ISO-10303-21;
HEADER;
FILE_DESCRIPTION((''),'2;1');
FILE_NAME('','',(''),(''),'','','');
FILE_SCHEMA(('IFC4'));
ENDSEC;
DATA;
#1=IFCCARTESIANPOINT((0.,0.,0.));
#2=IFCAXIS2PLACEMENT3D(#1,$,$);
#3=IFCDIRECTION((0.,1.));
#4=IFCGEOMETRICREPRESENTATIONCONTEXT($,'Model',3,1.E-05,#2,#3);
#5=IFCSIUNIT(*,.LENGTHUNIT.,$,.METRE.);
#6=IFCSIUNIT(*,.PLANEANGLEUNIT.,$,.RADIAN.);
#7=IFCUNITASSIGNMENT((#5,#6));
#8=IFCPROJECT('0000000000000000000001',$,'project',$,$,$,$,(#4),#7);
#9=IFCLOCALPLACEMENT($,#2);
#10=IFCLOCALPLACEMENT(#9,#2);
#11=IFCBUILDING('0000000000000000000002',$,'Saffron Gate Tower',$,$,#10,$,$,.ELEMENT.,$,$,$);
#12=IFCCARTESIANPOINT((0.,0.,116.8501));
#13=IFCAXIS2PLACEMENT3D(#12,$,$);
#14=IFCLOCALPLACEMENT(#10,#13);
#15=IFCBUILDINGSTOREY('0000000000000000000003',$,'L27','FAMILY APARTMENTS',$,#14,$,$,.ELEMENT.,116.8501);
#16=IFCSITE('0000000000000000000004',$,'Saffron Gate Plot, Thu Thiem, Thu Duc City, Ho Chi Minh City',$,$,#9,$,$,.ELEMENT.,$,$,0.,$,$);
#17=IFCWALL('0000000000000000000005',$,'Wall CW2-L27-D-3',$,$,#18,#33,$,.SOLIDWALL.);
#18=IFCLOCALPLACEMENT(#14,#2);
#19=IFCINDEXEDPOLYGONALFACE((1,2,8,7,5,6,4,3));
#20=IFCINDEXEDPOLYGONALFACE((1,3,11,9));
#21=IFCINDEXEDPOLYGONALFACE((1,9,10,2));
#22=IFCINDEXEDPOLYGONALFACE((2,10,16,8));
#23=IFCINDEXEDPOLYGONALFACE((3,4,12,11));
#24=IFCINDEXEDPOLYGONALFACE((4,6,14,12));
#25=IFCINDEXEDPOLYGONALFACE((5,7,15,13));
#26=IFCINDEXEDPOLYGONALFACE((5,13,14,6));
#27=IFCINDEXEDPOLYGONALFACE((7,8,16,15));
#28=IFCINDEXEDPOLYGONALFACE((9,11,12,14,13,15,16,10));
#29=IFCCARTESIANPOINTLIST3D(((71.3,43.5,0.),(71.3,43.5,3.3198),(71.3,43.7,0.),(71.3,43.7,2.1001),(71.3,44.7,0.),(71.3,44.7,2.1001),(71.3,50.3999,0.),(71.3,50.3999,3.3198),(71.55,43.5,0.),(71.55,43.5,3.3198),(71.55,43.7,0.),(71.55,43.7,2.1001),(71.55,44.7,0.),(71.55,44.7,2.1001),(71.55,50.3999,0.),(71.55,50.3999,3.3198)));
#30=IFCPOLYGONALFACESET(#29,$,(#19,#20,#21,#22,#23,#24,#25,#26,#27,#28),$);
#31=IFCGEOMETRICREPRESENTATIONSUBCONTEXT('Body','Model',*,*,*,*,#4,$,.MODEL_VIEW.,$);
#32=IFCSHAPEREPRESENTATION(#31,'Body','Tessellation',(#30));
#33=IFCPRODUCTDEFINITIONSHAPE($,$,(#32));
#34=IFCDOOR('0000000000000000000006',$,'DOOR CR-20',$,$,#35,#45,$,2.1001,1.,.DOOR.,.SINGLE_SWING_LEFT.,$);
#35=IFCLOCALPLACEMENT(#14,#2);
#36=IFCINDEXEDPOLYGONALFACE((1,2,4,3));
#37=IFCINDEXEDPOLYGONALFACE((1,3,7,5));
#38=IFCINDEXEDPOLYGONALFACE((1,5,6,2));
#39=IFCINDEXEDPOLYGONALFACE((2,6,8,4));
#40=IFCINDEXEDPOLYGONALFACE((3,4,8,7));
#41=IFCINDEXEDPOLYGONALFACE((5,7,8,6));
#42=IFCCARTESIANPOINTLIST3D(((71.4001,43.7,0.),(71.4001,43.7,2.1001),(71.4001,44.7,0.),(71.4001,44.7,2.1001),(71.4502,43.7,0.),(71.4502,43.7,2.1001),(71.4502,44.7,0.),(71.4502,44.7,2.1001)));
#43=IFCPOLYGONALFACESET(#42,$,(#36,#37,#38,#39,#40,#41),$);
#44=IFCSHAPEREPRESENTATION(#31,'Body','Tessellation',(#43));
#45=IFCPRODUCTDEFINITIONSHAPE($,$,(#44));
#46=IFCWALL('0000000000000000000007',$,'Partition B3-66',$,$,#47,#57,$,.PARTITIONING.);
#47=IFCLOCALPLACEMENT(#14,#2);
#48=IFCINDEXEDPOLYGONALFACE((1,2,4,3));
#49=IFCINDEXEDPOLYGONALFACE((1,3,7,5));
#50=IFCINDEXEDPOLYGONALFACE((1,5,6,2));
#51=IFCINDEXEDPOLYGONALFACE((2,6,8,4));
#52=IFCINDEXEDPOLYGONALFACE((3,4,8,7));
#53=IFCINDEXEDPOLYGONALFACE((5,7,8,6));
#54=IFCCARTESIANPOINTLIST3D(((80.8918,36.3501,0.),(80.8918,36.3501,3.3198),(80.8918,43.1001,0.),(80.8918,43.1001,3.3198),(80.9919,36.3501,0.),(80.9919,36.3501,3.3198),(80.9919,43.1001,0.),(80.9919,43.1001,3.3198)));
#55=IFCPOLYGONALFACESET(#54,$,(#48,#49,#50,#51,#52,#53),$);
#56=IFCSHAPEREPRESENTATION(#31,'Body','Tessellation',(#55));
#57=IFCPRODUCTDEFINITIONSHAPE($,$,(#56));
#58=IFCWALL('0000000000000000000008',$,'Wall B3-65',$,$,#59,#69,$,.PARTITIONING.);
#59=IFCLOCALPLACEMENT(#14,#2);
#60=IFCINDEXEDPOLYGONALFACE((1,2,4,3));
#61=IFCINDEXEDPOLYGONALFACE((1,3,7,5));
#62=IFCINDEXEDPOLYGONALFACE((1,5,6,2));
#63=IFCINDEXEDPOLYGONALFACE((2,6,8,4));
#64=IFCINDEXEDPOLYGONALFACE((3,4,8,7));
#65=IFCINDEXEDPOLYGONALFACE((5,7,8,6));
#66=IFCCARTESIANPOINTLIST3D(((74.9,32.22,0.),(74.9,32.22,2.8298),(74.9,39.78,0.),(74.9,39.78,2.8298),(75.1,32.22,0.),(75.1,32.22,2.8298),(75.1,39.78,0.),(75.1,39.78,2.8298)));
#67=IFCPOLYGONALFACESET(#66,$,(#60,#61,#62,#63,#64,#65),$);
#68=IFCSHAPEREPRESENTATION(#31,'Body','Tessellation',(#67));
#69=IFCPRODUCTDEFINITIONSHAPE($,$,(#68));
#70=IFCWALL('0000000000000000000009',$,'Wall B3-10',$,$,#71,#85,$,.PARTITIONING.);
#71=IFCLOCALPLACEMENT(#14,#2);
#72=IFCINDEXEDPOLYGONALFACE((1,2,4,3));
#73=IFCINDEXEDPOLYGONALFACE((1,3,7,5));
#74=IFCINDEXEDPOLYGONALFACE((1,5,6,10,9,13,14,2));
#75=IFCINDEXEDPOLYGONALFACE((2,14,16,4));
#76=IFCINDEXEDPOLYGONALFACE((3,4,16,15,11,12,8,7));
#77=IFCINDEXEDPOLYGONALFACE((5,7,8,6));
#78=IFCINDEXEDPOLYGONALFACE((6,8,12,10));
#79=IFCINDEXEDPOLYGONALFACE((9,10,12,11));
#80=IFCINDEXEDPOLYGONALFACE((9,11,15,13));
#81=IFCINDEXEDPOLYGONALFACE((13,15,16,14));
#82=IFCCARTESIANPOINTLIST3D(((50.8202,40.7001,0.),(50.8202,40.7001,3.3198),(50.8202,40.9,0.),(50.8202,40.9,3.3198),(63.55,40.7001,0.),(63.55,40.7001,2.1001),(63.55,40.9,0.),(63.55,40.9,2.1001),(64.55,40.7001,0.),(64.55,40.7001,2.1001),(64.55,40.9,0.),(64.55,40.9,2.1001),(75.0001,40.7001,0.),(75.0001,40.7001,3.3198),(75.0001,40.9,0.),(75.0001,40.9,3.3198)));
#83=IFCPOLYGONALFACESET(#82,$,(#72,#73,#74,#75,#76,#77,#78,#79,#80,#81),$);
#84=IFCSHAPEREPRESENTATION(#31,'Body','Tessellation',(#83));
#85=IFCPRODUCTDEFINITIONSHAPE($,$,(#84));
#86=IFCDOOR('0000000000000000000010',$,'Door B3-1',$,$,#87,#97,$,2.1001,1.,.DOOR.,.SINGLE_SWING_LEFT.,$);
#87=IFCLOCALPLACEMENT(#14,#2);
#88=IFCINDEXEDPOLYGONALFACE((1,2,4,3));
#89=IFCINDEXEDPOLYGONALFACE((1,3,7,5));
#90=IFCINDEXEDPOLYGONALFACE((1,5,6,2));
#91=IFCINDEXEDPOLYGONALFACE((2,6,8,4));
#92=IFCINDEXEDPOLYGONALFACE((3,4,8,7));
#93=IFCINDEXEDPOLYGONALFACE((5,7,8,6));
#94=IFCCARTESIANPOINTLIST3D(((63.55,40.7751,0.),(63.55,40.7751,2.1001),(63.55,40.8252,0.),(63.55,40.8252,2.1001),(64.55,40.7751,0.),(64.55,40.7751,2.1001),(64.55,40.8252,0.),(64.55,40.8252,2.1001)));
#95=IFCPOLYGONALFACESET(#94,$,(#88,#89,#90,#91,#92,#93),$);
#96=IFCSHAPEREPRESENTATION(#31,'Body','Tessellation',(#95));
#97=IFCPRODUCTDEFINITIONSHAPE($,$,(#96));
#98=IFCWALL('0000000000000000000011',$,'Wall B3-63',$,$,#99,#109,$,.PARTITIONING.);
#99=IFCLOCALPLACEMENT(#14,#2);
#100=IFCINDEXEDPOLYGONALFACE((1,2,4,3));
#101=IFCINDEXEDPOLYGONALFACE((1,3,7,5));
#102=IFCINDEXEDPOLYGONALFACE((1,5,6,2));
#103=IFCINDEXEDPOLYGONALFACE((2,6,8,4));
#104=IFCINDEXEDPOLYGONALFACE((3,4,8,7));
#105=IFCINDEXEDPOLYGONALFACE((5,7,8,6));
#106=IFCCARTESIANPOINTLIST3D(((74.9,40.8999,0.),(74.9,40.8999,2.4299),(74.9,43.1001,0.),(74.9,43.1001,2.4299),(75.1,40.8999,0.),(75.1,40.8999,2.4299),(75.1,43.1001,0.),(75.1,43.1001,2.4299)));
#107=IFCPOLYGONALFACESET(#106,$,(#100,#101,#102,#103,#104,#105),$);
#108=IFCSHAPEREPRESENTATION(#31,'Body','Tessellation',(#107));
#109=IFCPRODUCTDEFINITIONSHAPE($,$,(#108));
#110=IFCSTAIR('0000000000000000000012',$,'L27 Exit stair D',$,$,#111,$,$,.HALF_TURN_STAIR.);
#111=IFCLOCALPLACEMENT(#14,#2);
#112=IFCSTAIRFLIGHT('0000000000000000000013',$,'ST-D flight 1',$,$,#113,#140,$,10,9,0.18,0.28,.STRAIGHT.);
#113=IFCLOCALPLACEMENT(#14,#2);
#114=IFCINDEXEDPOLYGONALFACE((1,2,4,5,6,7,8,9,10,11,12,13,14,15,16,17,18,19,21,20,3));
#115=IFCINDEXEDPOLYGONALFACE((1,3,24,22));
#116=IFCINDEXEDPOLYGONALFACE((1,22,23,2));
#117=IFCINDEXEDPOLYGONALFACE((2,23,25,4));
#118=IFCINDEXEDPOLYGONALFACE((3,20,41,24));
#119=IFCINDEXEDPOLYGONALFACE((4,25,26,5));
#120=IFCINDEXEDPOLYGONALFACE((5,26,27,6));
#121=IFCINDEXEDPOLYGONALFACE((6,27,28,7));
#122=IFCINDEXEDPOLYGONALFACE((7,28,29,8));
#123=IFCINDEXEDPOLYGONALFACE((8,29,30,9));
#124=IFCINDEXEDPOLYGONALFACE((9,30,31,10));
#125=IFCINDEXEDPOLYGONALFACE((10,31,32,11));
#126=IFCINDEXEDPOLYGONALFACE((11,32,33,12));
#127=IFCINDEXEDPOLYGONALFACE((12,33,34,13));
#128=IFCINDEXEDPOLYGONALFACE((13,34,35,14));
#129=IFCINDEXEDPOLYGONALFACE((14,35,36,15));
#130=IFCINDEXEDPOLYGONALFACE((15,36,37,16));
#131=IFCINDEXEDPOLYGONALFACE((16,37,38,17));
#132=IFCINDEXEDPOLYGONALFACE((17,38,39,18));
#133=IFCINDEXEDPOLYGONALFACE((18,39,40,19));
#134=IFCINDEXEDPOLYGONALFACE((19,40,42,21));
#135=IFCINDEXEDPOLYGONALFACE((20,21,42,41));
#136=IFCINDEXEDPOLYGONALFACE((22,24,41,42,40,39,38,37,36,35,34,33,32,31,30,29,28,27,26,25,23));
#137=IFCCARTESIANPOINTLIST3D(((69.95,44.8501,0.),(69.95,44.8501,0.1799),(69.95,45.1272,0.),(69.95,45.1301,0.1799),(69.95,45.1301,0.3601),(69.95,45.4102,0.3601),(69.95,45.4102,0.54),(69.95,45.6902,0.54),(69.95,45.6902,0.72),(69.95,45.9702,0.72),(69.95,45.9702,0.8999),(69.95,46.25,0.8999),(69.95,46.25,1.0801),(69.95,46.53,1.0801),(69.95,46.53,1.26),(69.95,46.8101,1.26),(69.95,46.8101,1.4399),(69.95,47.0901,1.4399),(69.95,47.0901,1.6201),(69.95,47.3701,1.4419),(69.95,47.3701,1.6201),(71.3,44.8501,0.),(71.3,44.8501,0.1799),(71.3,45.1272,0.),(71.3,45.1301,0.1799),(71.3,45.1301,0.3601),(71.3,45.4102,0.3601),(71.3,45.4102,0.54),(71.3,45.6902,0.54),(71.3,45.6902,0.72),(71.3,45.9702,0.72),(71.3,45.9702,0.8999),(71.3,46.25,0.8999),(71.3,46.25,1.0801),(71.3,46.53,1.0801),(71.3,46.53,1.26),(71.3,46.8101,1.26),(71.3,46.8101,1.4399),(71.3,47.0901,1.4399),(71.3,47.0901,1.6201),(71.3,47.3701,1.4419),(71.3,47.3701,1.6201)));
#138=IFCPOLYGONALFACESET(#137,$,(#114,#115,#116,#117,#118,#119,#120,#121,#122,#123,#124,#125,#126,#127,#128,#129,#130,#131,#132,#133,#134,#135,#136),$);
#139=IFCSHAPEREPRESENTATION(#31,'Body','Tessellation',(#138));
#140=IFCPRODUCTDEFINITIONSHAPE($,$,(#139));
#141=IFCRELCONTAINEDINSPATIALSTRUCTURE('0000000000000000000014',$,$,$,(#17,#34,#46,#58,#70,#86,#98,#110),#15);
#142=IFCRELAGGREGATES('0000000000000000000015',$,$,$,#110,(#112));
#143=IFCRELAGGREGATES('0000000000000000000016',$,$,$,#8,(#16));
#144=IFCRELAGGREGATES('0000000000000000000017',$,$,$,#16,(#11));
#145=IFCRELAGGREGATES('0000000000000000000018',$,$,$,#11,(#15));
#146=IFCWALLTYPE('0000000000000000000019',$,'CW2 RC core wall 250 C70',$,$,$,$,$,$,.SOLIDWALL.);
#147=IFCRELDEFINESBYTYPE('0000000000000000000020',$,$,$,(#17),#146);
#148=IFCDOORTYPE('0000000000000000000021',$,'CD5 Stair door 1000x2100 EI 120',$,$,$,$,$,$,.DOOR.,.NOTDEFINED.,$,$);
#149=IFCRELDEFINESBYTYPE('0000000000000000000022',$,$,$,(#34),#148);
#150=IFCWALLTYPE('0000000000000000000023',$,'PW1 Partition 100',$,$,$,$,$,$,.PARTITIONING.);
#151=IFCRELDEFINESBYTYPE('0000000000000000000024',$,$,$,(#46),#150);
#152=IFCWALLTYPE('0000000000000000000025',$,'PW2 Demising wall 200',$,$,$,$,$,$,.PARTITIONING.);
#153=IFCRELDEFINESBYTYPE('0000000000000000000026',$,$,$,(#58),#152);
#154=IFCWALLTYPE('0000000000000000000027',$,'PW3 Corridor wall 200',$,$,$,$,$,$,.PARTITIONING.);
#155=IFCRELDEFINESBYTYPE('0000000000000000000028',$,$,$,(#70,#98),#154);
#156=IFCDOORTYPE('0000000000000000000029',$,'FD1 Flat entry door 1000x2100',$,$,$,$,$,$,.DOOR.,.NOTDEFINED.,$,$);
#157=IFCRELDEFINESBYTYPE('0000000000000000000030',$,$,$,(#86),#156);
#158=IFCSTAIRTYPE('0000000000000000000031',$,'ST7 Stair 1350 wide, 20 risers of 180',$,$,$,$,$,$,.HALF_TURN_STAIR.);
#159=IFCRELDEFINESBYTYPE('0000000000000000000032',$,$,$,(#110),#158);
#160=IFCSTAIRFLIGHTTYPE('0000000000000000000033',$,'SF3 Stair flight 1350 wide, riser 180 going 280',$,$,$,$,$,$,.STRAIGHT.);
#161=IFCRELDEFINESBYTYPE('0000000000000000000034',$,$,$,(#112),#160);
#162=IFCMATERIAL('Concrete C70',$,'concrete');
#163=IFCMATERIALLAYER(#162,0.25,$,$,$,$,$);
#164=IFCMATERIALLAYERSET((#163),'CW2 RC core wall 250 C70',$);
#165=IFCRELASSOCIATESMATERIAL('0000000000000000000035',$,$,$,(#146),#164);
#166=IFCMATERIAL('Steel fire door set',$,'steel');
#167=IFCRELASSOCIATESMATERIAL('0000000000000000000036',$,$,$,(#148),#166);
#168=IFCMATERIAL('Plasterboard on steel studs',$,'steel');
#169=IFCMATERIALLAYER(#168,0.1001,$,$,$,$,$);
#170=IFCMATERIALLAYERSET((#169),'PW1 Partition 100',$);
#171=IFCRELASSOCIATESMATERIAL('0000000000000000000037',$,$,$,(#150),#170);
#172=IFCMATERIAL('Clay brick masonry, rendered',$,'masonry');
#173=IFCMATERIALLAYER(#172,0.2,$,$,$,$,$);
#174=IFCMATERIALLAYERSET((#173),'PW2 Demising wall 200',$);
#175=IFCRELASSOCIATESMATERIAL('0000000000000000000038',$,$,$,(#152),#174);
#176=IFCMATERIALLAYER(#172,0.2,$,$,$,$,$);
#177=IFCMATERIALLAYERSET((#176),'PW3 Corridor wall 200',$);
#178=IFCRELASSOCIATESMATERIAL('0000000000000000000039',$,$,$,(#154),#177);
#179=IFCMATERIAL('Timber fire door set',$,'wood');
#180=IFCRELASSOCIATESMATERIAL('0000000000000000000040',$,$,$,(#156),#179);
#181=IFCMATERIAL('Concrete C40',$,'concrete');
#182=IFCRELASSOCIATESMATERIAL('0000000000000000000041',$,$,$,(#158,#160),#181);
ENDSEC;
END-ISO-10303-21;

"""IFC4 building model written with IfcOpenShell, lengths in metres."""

from ifc_helpers import new_model, si_unit, direction, frame, frame_2d, origin, place, context, subcontext, project, spatial, polyline, rectangle, outline, extrude, material, layer, layer_set, type_object, element, fill, aggregate, save


model = new_model("IFC4")

# Units and contexts
model_context = context("Model", 3, precision=1e-05, world=origin(), true_north=direction((0.0, 1.0)))
body_context = subcontext(model_context, "Body", "Model", "MODEL_VIEW")
ifc_project = project(units=[si_unit("LENGTHUNIT", "METRE"), si_unit("PLANEANGLEUNIT", "RADIAN")], contexts=[model_context])

# Site, building, storey
site_placement = place(None, origin())
site = spatial("IfcSite", under=ifc_project, at=site_placement, Name="Saffron Gate Plot, Thu Thiem, Thu Duc City, Ho Chi Minh City", CompositionType="ELEMENT", RefElevation=0.0)
building_placement = place(site_placement, origin())
building = spatial("IfcBuilding", under=site, at=building_placement, Name="Saffron Gate Tower", CompositionType="ELEMENT")
storey_placement = place(building_placement, frame((0.0, 0.0, 116.8501)))
storey = spatial("IfcBuildingStorey", under=building, at=storey_placement, Name="L27", Description="FAMILY APARTMENTS", CompositionType="ELEMENT", Elevation=116.8501)

# Wall, opening, door
ifc_material_1 = material(Name="Steel fire door set", Category="steel")
ifc_material_2 = material(Name="Concrete C70", Category="concrete")
ifc_layer_1 = layer(ifc_material_2, 0.25)
ifc_layer_set_1 = layer_set([ifc_layer_1], Name="CW2 RC core wall 250 C70")
wall_type_1 = type_object("IfcWallType", Name="CW2 RC core wall 250 C70", PredefinedType="SOLIDWALL", material=ifc_layer_set_1)
wall_1_placement = place(storey_placement, frame((71.425, 43.5, 0.0), z_axis=(0.0, 0.0, 1.0), x_axis=(0.0, 1.0, 0.0)))
wall_1 = element("IfcWall", 1, at=wall_1_placement, inside=storey, type_object=wall_type_1, Name="Wall CW2-L27-D-3", PredefinedType="SOLIDWALL", context=body_context, shape_type="SweptSolid", body=[
    extrude(rectangle(XDim=6.8999, YDim=0.25, at=frame_2d((3.45, 0.0))), origin(), (0.0, 0.0, 1.0), 3.3198),
])
opening_1_placement = place(wall_1_placement, frame((0.2, 0.0, 0.0)))
opening_1 = element("IfcOpeningElement", 2, at=opening_1_placement, cuts=wall_1, PredefinedType="OPENING", context=body_context, shape_type="SweptSolid", body=[
    extrude(rectangle(XDim=1.0, YDim=2.1001, at=frame_2d((0.5, 1.05))), frame((0.0, 0.135, 0.0), z_axis=(0.0, -1.0, 0.0), x_axis=(1.0, 0.0, 0.0)), (0.0, 0.0, 1.0), 0.27),
])
door_type_1 = type_object("IfcDoorType", Name="CD5 Stair door 1000x2100 EI 120", OperationType="NOTDEFINED", PredefinedType="DOOR", material=ifc_material_1)
door_1_placement = place(opening_1_placement, origin())
door_1 = element("IfcDoor", 3, at=door_1_placement, inside=storey, type_object=door_type_1, Name="DOOR CR-20", OperationType="SINGLE_SWING_LEFT", OverallHeight=2.1001, OverallWidth=1.0, PredefinedType="DOOR", context=body_context, shape_type="SweptSolid", body=[
    extrude(rectangle(XDim=1.0, YDim=2.1001, at=frame_2d((0.5, 1.05))), frame((0.0, 0.0249, 0.0), z_axis=(0.0, -1.0, 0.0), x_axis=(1.0, 0.0, 0.0)), (0.0, 0.0, 1.0), 0.05),
])
fill(opening_1, door_1)

# Walls
ifc_material_3 = material(Name="Plasterboard on steel studs", Category="steel")
ifc_layer_2 = layer(ifc_material_3, 0.1001)
ifc_layer_set_2 = layer_set([ifc_layer_2], Name="PW1 Partition 100")
wall_type_2 = type_object("IfcWallType", Name="PW1 Partition 100", PredefinedType="PARTITIONING", material=ifc_layer_set_2)
wall_2_placement = place(storey_placement, frame((80.9419, 43.1001, 0.0), z_axis=(0.0, 0.0, 1.0), x_axis=(0.0, -1.0, 0.0)))
element("IfcWall", 4, at=wall_2_placement, inside=storey, type_object=wall_type_2, Name="Partition B3-66", PredefinedType="PARTITIONING", context=body_context, shape_type="SweptSolid", body=[
    extrude(rectangle(XDim=6.75, YDim=0.1001, at=frame_2d((3.375, 0.0))), origin(), (0.0, 0.0, 1.0), 3.3198),
])
ifc_material_4 = material(Name="Clay brick masonry, rendered", Category="masonry")
ifc_layer_3 = layer(ifc_material_4, 0.2)
ifc_layer_set_3 = layer_set([ifc_layer_3], Name="PW2 Demising wall 200")
wall_type_3 = type_object("IfcWallType", Name="PW2 Demising wall 200", PredefinedType="PARTITIONING", material=ifc_layer_set_3)
wall_3_placement = place(storey_placement, frame((75.0, 39.78, 0.0), z_axis=(0.0, 0.0, 1.0), x_axis=(0.0, -1.0, 0.0)))
element("IfcWall", 5, at=wall_3_placement, inside=storey, type_object=wall_type_3, Name="Wall B3-65", PredefinedType="PARTITIONING", context=body_context, shape_type="SweptSolid", body=[
    extrude(rectangle(XDim=7.5601, YDim=0.2, at=frame_2d((3.78, 0.0))), origin(), (0.0, 0.0, 1.0), 2.8298),
])

# Wall, opening, door
ifc_layer_4 = layer(ifc_material_4, 0.2)
ifc_layer_set_4 = layer_set([ifc_layer_4], Name="PW3 Corridor wall 200")
wall_type_4 = type_object("IfcWallType", Name="PW3 Corridor wall 200", PredefinedType="PARTITIONING", material=ifc_layer_set_4)
wall_4_placement = place(storey_placement, frame((75.0, 40.8, 0.0), z_axis=(0.0, 0.0, 1.0), x_axis=(-1.0, 0.0, 0.0)))
wall_4 = element("IfcWall", 6, at=wall_4_placement, inside=storey, type_object=wall_type_4, Name="Wall B3-10", PredefinedType="PARTITIONING", context=body_context, shape_type="SweptSolid", body=[
    extrude(rectangle(XDim=24.1799, YDim=0.2, at=frame_2d((12.0898, 0.0))), origin(), (0.0, 0.0, 1.0), 3.3198),
])
opening_2_placement = place(wall_4_placement, frame((10.45, 0.0, 0.0)))
opening_2 = element("IfcOpeningElement", 7, at=opening_2_placement, cuts=wall_4, PredefinedType="OPENING", context=body_context, shape_type="SweptSolid", body=[
    extrude(rectangle(XDim=1.0, YDim=2.1001, at=frame_2d((0.5, 1.05))), frame((0.0, 0.1099, 0.0), z_axis=(0.0, -1.0, 0.0), x_axis=(1.0, 0.0, 0.0)), (0.0, 0.0, 1.0), 0.22),
])
ifc_material_5 = material(Name="Timber fire door set", Category="wood")
door_type_2 = type_object("IfcDoorType", Name="FD1 Flat entry door 1000x2100", OperationType="NOTDEFINED", PredefinedType="DOOR", material=ifc_material_5)
door_2_placement = place(opening_2_placement, origin())
door_2 = element("IfcDoor", 8, at=door_2_placement, inside=storey, type_object=door_type_2, Name="Door B3-1", OperationType="SINGLE_SWING_LEFT", OverallHeight=2.1001, OverallWidth=1.0, PredefinedType="DOOR", context=body_context, shape_type="SweptSolid", body=[
    extrude(rectangle(XDim=1.0, YDim=2.1001, at=frame_2d((0.5, 1.05))), frame((0.0, 0.0249, 0.0), z_axis=(0.0, -1.0, 0.0), x_axis=(1.0, 0.0, 0.0)), (0.0, 0.0, 1.0), 0.05),
])
fill(opening_2, door_2)

# Wall
wall_5_placement = place(storey_placement, frame((75.0, 43.1001, 0.0), z_axis=(0.0, 0.0, 1.0), x_axis=(0.0, -1.0, 0.0)))
element("IfcWall", 9, at=wall_5_placement, inside=storey, type_object=wall_type_4, Name="Wall B3-63", PredefinedType="PARTITIONING", context=body_context, shape_type="SweptSolid", body=[
    extrude(rectangle(XDim=2.2002, YDim=0.2, at=frame_2d((1.1001, 0.0))), origin(), (0.0, 0.0, 1.0), 2.4299),
])

# Stair, stair flight
ifc_material_6 = material(Name="Concrete C40", Category="concrete")
stair_type = type_object("IfcStairType", Name="ST7 Stair 1350 wide, 20 risers of 180", PredefinedType="HALF_TURN_STAIR", material=ifc_material_6)
stair_placement = place(storey_placement, origin())
stair = element("IfcStair", 10, at=stair_placement, inside=storey, type_object=stair_type, Name="L27 Exit stair D", PredefinedType="HALF_TURN_STAIR")
stair_flight_type = type_object("IfcStairFlightType", Name="SF3 Stair flight 1350 wide, riser 180 going 280", PredefinedType="STRAIGHT", material=ifc_material_6)
stair_flight_placement = place(storey_placement, frame((70.625, 44.8501, 0.0), z_axis=(0.0, 0.0, 1.0), x_axis=(0.0, 1.0, 0.0)))
stair_flight = element("IfcStairFlight", 11, at=stair_flight_placement, type_object=stair_flight_type, Name="ST-D flight 1", NumberOfRisers=10, NumberOfTreads=9, PredefinedType="STRAIGHT", RiserHeight=0.18, TreadLength=0.28, context=body_context, shape_type="SweptSolid", body=[
    extrude(outline(polyline([(0.0, 0.0), (0.0, 0.1799), (0.28, 0.1799), (0.28, 0.3601), (0.5601, 0.3601), (0.5601, 0.54), (0.8401, 0.54), (0.8401, 0.72), (1.1201, 0.72), (1.1201, 0.8999), (1.3999, 0.8999), (1.3999, 1.0801), (1.6799, 1.0801), (1.6799, 1.26), (1.96, 1.26), (1.96, 1.4399), (2.24, 1.4399), (2.24, 1.6201), (2.52, 1.6201), (2.52, 1.8), (2.52, 1.4419), (0.2771, 0.0), (0.0, 0.0)])), frame((0.0, 0.675, 0.0), z_axis=(0.0, -1.0, 0.0), x_axis=(1.0, 0.0, 0.0)), (0.0, 0.0, 1.0), 1.3501),
])
aggregate(stair, [stair_flight])

save(model, "model.ifc")
